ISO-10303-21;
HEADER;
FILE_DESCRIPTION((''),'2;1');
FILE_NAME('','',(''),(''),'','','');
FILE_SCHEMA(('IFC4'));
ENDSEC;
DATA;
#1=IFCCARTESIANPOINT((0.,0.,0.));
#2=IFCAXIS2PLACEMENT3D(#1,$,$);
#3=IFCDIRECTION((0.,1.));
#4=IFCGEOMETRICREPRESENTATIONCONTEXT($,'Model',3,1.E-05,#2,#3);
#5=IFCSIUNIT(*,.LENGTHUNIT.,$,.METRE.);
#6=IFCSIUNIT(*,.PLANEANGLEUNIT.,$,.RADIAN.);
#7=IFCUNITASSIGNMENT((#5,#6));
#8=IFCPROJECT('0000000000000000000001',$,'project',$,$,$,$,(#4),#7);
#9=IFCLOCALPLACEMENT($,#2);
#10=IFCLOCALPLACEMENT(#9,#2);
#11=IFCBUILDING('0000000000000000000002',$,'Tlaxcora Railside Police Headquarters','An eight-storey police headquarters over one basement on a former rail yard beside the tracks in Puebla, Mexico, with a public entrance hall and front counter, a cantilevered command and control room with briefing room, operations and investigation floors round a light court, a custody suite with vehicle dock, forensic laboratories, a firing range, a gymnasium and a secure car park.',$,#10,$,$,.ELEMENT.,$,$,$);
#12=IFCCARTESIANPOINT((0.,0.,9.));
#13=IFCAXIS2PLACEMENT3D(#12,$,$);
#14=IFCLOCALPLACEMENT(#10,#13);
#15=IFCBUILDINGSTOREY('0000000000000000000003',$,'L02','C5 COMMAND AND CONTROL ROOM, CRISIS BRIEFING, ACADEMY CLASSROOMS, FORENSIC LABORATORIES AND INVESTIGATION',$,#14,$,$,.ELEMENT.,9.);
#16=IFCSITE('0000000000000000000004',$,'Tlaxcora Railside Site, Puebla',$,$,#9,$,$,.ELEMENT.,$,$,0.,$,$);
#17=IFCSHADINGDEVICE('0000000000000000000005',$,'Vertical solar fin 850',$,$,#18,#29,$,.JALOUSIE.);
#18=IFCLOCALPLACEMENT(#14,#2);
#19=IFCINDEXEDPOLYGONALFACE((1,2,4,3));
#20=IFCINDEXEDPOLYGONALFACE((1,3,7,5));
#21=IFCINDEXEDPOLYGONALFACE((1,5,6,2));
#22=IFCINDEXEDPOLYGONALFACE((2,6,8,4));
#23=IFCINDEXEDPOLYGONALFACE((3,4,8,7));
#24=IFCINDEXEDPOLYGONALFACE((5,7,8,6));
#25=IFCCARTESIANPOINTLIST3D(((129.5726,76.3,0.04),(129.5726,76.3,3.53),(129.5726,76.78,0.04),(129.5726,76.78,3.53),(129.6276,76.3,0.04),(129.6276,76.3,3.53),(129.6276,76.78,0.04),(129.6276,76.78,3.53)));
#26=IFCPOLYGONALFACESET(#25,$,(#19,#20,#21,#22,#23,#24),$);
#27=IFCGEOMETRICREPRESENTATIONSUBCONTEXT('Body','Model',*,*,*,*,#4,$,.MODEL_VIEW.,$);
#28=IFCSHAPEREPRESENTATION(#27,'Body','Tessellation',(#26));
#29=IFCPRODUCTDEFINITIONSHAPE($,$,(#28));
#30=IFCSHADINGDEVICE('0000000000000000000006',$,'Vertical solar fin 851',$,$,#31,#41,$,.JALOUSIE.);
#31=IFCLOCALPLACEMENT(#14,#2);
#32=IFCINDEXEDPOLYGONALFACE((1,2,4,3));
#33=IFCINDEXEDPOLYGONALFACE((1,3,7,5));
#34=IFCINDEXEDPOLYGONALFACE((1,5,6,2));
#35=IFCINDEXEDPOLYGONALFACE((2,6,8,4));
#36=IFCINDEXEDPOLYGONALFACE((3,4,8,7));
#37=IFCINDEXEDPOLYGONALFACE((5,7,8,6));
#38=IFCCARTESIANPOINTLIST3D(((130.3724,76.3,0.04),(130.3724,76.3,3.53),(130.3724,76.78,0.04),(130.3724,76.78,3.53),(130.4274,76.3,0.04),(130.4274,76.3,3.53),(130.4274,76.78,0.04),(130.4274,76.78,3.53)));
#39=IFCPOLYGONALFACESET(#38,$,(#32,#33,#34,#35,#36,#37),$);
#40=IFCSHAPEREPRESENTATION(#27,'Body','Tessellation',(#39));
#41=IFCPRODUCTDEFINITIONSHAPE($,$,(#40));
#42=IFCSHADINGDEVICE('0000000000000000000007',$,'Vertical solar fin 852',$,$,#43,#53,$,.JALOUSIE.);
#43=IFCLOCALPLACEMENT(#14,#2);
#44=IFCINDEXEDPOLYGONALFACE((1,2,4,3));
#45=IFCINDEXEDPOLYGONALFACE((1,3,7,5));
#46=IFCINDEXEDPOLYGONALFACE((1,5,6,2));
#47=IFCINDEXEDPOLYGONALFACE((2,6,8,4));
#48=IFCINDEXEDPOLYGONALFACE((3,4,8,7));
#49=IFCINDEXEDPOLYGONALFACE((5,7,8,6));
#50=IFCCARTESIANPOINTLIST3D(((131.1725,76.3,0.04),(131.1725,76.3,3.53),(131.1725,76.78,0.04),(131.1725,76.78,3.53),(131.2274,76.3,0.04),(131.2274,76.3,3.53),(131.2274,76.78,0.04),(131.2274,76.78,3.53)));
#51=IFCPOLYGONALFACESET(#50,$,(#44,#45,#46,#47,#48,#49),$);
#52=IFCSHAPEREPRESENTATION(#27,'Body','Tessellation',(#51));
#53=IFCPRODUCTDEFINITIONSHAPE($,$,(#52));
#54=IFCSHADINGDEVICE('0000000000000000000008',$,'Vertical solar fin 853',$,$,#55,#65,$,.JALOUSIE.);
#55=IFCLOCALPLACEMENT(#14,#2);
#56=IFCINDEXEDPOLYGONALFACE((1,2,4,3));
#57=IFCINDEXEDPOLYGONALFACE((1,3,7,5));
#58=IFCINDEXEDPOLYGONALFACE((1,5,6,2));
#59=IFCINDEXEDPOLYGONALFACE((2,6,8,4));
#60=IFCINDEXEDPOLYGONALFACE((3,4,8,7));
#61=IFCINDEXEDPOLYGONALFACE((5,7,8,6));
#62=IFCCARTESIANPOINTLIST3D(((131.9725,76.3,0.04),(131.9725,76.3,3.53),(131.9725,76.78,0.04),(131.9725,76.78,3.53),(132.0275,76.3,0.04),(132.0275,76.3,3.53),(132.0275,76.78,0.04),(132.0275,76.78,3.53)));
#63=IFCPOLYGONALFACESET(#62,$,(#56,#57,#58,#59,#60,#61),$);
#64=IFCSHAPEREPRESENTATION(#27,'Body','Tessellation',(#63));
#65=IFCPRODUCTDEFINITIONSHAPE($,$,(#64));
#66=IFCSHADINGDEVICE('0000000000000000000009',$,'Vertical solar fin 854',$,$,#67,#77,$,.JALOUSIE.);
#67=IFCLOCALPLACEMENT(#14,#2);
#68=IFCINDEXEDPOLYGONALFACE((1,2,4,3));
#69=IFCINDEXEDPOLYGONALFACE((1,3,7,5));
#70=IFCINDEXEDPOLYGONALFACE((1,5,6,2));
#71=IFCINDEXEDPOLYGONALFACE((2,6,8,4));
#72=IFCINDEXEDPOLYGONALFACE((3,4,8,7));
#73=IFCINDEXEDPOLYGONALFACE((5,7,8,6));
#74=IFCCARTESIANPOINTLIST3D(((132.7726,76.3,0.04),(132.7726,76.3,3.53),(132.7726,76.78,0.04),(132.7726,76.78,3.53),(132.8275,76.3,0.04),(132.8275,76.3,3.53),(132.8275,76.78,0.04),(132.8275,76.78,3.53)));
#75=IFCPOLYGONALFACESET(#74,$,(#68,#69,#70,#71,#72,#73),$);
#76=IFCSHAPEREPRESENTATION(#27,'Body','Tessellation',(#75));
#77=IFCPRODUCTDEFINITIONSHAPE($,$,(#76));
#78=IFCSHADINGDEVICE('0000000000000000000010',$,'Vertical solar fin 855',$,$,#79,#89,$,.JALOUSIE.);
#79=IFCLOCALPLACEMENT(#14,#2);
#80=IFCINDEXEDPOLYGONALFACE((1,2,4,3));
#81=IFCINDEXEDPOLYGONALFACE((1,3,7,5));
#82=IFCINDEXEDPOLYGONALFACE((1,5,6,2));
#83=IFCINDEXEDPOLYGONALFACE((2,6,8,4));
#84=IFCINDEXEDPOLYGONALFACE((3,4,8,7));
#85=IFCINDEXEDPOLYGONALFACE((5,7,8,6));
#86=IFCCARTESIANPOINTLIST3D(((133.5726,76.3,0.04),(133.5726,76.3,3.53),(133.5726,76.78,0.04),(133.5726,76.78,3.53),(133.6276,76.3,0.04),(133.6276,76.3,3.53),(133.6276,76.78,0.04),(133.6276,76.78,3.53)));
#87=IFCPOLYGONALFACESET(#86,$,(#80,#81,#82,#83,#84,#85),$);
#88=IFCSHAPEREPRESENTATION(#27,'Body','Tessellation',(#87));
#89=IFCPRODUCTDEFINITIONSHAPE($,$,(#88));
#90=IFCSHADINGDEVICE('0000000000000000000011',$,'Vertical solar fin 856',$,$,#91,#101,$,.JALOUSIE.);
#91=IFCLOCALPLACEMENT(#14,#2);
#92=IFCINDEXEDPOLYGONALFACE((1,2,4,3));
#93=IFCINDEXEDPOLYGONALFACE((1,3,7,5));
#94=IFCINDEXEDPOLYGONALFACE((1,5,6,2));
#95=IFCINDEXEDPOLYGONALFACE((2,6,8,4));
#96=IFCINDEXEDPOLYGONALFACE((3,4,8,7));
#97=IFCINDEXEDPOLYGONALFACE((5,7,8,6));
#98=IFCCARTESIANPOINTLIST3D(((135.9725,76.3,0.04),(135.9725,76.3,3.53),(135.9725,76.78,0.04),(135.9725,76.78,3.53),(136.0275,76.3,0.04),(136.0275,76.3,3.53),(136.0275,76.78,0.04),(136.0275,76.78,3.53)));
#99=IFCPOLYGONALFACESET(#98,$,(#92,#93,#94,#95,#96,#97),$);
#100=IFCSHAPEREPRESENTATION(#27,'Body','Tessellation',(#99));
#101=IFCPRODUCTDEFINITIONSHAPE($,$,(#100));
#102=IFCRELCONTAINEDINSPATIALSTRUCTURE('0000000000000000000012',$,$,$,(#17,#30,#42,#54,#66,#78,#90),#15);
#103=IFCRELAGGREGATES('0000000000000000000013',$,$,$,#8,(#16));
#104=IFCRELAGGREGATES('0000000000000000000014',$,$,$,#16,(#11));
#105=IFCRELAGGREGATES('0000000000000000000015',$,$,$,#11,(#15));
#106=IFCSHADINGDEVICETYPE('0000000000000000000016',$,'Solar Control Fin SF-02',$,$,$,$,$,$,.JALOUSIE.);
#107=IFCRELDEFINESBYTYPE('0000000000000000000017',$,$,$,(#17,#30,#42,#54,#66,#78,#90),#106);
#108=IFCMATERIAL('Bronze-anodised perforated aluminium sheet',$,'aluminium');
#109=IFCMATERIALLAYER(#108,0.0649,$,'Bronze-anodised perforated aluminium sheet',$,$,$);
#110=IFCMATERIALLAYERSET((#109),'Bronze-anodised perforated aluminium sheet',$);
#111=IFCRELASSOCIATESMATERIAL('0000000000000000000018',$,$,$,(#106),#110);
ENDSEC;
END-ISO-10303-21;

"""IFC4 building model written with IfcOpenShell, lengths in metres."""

from ifc_helpers import new_model, si_unit, direction, frame, origin, origin_2d, place, context, subcontext, project, spatial, rectangle, extrude, material, layer, layer_set, type_object, element, save


model = new_model("IFC4")

# Units and contexts
model_context = context("Model", 3, precision=1e-05, world=origin(), true_north=direction((0.0, 1.0)))
body_context = subcontext(model_context, "Body", "Model", "MODEL_VIEW")
ifc_project = project(units=[si_unit("LENGTHUNIT", "METRE"), si_unit("PLANEANGLEUNIT", "RADIAN")], contexts=[model_context])

# Site, building, storey
site_placement = place(None, origin())
site = spatial("IfcSite", under=ifc_project, at=site_placement, Name="Tlaxcora Railside Site, Puebla", CompositionType="ELEMENT", RefElevation=0.0)
building_placement = place(site_placement, origin())
building = spatial("IfcBuilding", under=site, at=building_placement, Name="Tlaxcora Railside Police Headquarters", Description="An eight-storey police headquarters over one basement on a former rail yard beside the tracks in Puebla, Mexico, with a public entrance hall and front counter, a cantilevered command and control room with briefing room, operations and investigation floors round a light court, a custody suite with vehicle dock, forensic laboratories, a firing range, a gymnasium and a secure car park.", CompositionType="ELEMENT")
storey_placement = place(building_placement, frame((0.0, 0.0, 9.0)))
storey = spatial("IfcBuildingStorey", under=building, at=storey_placement, Name="L02", Description="C5 COMMAND AND CONTROL ROOM, CRISIS BRIEFING, ACADEMY CLASSROOMS, FORENSIC LABORATORIES AND INVESTIGATION", CompositionType="ELEMENT", Elevation=9.0)

# Shading devices
ifc_material_1 = material(Name="Bronze-anodised perforated aluminium sheet", Category="aluminium")
ifc_layer_1 = layer(ifc_material_1, 0.0649, Name="Bronze-anodised perforated aluminium sheet")
ifc_layer_set_1 = layer_set([ifc_layer_1], Name="Bronze-anodised perforated aluminium sheet")
shading_device_type = type_object("IfcShadingDeviceType", Name="Solar Control Fin SF-02", PredefinedType="JALOUSIE", material=ifc_layer_set_1)
for number, where, z_axis, x_axis, name in (
    (1, (129.6001, 76.54, 0.04), (0.0, 0.0, 1.0), (0.0, -1.0, 0.0), "Vertical solar fin 850"),
    (2, (130.3999, 76.54, 0.04), (0.0, 0.0, 1.0), (0.0, -1.0, 0.0), "Vertical solar fin 851"),
    (3, (131.2, 76.54, 0.04), (0.0, 0.0, 1.0), (0.0, -1.0, 0.0), "Vertical solar fin 852"),
    (4, (132.0, 76.54, 0.04), (0.0, 0.0, 1.0), (0.0, -1.0, 0.0), "Vertical solar fin 853"),
    (5, (132.8, 76.54, 0.04), (0.0, 0.0, 1.0), (0.0, -1.0, 0.0), "Vertical solar fin 854"),
    (6, (133.6001, 76.54, 0.04), (0.0, 0.0, 1.0), (0.0, -1.0, 0.0), "Vertical solar fin 855"),
    (7, (136.0, 76.54, 0.04), (0.0, 0.0, 1.0), (0.0, -1.0, 0.0), "Vertical solar fin 856"),
):
    element("IfcShadingDevice", number, at=place(storey_placement, frame(where, z_axis=z_axis, x_axis=x_axis)), inside=storey, type_object=shading_device_type, Name=name, PredefinedType="JALOUSIE", context=body_context, shape_type="SweptSolid", body=[
        extrude(rectangle(XDim=0.48, YDim=0.0549, at=origin_2d()), origin(), (0.0, 0.0, 1.0), 3.49),
    ])

save(model, "model.ifc")
